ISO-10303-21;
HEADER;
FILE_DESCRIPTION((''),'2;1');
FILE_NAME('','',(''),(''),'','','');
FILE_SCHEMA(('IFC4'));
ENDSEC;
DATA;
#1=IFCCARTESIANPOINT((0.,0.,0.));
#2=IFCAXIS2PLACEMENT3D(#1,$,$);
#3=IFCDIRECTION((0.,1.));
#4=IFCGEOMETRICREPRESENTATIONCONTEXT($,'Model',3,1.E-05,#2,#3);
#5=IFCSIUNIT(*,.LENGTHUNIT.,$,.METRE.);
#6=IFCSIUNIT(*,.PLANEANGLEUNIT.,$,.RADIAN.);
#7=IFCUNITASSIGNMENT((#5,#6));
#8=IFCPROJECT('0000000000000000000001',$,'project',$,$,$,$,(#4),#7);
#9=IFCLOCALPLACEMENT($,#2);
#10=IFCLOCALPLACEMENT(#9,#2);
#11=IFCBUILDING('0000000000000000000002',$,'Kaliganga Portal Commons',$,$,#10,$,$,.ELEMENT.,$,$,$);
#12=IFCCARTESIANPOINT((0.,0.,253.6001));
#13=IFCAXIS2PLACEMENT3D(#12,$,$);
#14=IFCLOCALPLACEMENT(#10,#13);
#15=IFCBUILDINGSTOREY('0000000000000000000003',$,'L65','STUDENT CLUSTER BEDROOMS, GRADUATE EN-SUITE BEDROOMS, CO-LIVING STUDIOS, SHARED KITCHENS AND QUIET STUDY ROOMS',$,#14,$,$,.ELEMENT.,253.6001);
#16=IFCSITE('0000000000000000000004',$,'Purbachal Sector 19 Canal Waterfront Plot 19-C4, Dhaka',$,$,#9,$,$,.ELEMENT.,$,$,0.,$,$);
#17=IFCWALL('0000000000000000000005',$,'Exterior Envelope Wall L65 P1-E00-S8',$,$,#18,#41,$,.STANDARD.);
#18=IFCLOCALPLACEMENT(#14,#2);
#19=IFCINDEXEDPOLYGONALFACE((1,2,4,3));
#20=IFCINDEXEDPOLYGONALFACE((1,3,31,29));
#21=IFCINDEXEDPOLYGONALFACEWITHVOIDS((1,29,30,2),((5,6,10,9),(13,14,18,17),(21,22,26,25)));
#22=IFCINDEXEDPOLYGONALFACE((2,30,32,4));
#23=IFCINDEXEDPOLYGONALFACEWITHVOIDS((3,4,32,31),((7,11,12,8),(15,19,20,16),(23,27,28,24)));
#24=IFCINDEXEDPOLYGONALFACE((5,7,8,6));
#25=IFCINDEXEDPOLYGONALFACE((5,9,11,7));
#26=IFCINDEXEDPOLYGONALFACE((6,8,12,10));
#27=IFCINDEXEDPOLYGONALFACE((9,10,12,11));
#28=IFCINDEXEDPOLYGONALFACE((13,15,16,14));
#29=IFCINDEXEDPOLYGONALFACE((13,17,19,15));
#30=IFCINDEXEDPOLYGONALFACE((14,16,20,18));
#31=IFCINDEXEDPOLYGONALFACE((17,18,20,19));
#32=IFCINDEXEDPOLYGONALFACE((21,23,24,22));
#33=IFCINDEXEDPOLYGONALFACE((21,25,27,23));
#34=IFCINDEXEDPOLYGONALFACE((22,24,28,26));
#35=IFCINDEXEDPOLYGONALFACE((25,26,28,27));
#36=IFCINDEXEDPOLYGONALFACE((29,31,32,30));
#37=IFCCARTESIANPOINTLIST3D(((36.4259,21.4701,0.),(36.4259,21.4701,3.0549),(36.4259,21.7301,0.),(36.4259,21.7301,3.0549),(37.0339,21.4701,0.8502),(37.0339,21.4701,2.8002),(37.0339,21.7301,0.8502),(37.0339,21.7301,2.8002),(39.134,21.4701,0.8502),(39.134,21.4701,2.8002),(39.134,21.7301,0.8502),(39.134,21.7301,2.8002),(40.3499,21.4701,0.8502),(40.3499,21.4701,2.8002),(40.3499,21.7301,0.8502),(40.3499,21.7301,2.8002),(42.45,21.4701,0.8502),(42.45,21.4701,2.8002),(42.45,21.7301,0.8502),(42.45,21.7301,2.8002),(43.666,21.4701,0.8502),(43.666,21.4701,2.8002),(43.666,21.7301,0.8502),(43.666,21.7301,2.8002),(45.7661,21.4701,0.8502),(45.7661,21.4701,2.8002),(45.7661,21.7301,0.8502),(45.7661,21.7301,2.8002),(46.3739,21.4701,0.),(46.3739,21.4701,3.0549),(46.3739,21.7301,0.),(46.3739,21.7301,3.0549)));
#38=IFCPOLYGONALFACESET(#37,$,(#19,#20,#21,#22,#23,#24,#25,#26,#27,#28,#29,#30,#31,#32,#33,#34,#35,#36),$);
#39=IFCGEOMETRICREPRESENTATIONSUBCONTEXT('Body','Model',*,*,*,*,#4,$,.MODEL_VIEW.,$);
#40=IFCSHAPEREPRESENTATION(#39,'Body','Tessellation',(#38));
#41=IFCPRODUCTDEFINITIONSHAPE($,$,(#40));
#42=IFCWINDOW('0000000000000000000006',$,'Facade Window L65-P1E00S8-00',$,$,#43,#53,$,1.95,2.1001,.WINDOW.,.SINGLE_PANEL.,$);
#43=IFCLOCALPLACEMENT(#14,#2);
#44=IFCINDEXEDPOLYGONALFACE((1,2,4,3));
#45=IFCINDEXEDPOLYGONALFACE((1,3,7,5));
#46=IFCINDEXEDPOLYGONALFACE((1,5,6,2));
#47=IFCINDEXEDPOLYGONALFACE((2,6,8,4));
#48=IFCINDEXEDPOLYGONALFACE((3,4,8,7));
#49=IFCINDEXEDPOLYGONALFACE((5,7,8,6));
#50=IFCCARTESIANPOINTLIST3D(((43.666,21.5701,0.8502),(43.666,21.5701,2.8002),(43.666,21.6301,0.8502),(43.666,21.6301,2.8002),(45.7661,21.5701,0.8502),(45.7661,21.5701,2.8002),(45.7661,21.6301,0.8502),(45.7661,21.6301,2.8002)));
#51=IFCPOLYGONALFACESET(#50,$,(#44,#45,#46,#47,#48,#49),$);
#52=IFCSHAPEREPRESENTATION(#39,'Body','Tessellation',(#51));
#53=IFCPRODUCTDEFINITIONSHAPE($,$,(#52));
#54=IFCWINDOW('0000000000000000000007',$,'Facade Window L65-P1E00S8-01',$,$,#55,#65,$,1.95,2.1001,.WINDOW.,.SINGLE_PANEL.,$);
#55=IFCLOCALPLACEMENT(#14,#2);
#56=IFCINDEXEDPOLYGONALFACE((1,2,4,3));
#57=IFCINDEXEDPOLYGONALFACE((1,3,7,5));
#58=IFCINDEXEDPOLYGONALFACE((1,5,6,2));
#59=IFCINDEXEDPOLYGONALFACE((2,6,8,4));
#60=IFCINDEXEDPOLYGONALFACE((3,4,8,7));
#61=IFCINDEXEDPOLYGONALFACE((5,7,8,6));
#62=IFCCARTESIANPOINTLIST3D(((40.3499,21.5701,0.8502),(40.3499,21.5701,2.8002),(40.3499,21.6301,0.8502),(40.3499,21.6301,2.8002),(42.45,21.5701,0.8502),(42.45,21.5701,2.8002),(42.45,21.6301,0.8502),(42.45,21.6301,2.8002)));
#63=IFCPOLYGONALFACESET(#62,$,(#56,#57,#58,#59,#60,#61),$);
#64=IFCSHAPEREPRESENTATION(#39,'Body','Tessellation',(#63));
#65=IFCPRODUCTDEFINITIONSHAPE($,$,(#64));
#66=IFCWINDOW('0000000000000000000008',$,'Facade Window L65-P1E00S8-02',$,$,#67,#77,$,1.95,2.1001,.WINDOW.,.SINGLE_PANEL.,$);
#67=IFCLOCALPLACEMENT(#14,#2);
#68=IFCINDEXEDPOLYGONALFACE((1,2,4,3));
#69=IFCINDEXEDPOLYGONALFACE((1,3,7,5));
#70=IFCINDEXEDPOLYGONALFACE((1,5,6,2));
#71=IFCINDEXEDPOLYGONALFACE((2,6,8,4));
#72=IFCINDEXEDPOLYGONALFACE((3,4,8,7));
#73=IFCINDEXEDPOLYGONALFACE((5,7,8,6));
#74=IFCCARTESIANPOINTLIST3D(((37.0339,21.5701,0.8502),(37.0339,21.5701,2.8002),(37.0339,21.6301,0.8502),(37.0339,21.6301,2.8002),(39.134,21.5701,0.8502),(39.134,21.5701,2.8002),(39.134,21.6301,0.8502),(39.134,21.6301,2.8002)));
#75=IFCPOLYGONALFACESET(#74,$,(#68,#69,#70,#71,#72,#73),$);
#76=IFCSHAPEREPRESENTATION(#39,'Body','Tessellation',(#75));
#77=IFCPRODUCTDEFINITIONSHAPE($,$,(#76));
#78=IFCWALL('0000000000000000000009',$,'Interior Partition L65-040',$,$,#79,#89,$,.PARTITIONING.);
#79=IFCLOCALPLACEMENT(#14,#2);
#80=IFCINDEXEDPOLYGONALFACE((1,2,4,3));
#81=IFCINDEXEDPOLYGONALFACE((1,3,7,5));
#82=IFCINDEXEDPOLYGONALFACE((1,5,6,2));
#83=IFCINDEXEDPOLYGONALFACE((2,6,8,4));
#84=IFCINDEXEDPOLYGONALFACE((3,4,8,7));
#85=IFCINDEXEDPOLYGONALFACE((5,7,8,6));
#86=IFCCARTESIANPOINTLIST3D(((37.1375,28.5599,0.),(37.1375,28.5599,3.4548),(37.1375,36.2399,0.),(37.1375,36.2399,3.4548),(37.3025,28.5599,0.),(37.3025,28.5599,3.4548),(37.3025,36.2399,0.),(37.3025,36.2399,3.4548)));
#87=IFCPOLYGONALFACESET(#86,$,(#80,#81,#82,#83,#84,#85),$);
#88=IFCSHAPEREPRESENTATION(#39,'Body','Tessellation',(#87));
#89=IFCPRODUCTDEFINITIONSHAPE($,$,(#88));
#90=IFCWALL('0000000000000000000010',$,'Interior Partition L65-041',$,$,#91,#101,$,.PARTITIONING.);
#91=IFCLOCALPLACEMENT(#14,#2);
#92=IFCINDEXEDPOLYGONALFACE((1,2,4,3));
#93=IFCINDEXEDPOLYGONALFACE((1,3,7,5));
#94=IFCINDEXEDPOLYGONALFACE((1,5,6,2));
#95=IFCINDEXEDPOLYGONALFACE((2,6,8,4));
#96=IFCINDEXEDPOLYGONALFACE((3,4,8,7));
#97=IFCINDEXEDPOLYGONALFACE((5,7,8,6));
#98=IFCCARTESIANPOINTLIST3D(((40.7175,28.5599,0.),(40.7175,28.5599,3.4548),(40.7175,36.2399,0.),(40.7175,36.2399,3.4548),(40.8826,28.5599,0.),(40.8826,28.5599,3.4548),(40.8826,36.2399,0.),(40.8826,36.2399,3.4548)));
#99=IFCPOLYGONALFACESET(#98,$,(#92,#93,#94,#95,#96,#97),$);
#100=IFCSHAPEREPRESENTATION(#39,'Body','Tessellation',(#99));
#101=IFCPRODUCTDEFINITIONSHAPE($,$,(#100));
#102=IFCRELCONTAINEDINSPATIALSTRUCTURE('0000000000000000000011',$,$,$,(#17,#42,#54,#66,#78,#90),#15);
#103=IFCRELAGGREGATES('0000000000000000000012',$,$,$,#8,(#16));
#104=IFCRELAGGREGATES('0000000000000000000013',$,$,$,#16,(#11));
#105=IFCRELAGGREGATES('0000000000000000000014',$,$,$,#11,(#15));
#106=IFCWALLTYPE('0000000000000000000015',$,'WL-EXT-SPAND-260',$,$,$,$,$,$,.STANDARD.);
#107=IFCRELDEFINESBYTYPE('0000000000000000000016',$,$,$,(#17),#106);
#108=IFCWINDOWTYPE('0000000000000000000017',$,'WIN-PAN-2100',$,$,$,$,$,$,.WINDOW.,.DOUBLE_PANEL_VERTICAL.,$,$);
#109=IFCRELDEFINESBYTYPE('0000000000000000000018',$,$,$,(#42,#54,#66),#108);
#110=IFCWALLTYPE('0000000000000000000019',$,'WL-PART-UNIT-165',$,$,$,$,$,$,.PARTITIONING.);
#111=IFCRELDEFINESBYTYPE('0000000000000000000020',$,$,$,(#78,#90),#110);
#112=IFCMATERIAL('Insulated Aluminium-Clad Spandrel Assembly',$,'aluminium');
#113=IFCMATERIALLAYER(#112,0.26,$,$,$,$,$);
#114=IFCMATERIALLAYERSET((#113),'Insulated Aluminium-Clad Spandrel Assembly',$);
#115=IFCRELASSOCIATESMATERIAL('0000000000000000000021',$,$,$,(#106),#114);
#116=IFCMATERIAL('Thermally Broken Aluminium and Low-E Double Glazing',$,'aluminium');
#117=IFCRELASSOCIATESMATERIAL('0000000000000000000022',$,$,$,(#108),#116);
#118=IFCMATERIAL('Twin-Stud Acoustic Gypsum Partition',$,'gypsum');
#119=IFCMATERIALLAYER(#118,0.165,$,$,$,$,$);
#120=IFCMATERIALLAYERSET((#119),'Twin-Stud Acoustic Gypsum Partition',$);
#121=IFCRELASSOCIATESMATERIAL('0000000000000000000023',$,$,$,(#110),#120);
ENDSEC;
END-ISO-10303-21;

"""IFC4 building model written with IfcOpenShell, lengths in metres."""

from ifc_helpers import new_model, si_unit, direction, frame, frame_2d, origin, place, context, subcontext, project, spatial, rectangle, extrude, material, layer, layer_set, type_object, element, fill, save


model = new_model("IFC4")

# Units and contexts
model_context = context("Model", 3, precision=1e-05, world=origin(), true_north=direction((0.0, 1.0)))
body_context = subcontext(model_context, "Body", "Model", "MODEL_VIEW")
ifc_project = project(units=[si_unit("LENGTHUNIT", "METRE"), si_unit("PLANEANGLEUNIT", "RADIAN")], contexts=[model_context])

# Site, building, storey
site_placement = place(None, origin())
site = spatial("IfcSite", under=ifc_project, at=site_placement, Name="Purbachal Sector 19 Canal Waterfront Plot 19-C4, Dhaka", CompositionType="ELEMENT", RefElevation=0.0)
building_placement = place(site_placement, origin())
building = spatial("IfcBuilding", under=site, at=building_placement, Name="Kaliganga Portal Commons", CompositionType="ELEMENT")
storey_placement = place(building_placement, frame((0.0, 0.0, 253.6001)))
storey = spatial("IfcBuildingStorey", under=building, at=storey_placement, Name="L65", Description="STUDENT CLUSTER BEDROOMS, GRADUATE EN-SUITE BEDROOMS, CO-LIVING STUDIOS, SHARED KITCHENS AND QUIET STUDY ROOMS", CompositionType="ELEMENT", Elevation=253.6001)

# Wall, openings, windows
ifc_material_1 = material(Name="Insulated Aluminium-Clad Spandrel Assembly", Category="aluminium")
ifc_layer_1 = layer(ifc_material_1, 0.26)
ifc_layer_set_1 = layer_set([ifc_layer_1], Name="Insulated Aluminium-Clad Spandrel Assembly")
wall_type_1 = type_object("IfcWallType", Name="WL-EXT-SPAND-260", PredefinedType="STANDARD", material=ifc_layer_set_1)
wall_1_placement = place(storey_placement, frame((46.374, 21.6001, 0.0), z_axis=(0.0, 0.0, 1.0), x_axis=(-1.0, 0.0, 0.0)))
wall_1 = element("IfcWall", 1, at=wall_1_placement, inside=storey, type_object=wall_type_1, Name="Exterior Envelope Wall L65 P1-E00-S8", PredefinedType="STANDARD", context=body_context, shape_type="SweptSolid", body=[
    extrude(rectangle(XDim=9.948, YDim=0.26, at=frame_2d((4.9741, 0.0))), origin(), (0.0, 0.0, 1.0), 3.0549),
])
opening_1_placement = place(wall_1_placement, frame((0.6079, 0.0, 0.8501)))
opening_1 = element("IfcOpeningElement", 2, at=opening_1_placement, cuts=wall_1, PredefinedType="OPENING", context=body_context, shape_type="SweptSolid", body=[
    extrude(rectangle(XDim=2.1001, YDim=1.95, at=frame_2d((1.05, 0.9751))), frame((0.0, 0.1401, 0.0), z_axis=(0.0, -1.0, 0.0), x_axis=(1.0, 0.0, 0.0)), (0.0, 0.0, 1.0), 0.28),
])
opening_2_placement = place(wall_1_placement, frame((3.9241, 0.0, 0.8501)))
opening_2 = element("IfcOpeningElement", 3, at=opening_2_placement, cuts=wall_1, PredefinedType="OPENING", context=body_context, shape_type="SweptSolid", body=[
    extrude(rectangle(XDim=2.1001, YDim=1.95, at=frame_2d((1.05, 0.9751))), frame((0.0, 0.1401, 0.0), z_axis=(0.0, -1.0, 0.0), x_axis=(1.0, 0.0, 0.0)), (0.0, 0.0, 1.0), 0.28),
])
opening_3_placement = place(wall_1_placement, frame((7.24, 0.0, 0.8501)))
opening_3 = element("IfcOpeningElement", 4, at=opening_3_placement, cuts=wall_1, PredefinedType="OPENING", context=body_context, shape_type="SweptSolid", body=[
    extrude(rectangle(XDim=2.1001, YDim=1.95, at=frame_2d((1.05, 0.9751))), frame((0.0, 0.1401, 0.0), z_axis=(0.0, -1.0, 0.0), x_axis=(1.0, 0.0, 0.0)), (0.0, 0.0, 1.0), 0.28),
])
ifc_material_2 = material(Name="Thermally Broken Aluminium and Low-E Double Glazing", Category="aluminium")
window_type = type_object("IfcWindowType", Name="WIN-PAN-2100", PartitioningType="DOUBLE_PANEL_VERTICAL", PredefinedType="WINDOW", material=ifc_material_2)
window_1_placement = place(opening_1_placement, origin())
window_1 = element("IfcWindow", 5, at=window_1_placement, inside=storey, type_object=window_type, Name="Facade Window L65-P1E00S8-00", OverallHeight=1.95, OverallWidth=2.1001, PartitioningType="SINGLE_PANEL", PredefinedType="WINDOW", context=body_context, shape_type="SweptSolid", body=[
    extrude(rectangle(XDim=2.1001, YDim=1.95, at=frame_2d((1.05, 0.9751))), frame((0.0, 0.03, 0.0), z_axis=(0.0, -1.0, 0.0), x_axis=(1.0, 0.0, 0.0)), (0.0, 0.0, 1.0), 0.0601),
])
fill(opening_1, window_1)
window_2_placement = place(opening_2_placement, origin())
window_2 = element("IfcWindow", 6, at=window_2_placement, inside=storey, type_object=window_type, Name="Facade Window L65-P1E00S8-01", OverallHeight=1.95, OverallWidth=2.1001, PartitioningType="SINGLE_PANEL", PredefinedType="WINDOW", context=body_context, shape_type="SweptSolid", body=[
    extrude(rectangle(XDim=2.1001, YDim=1.95, at=frame_2d((1.05, 0.9751))), frame((0.0, 0.03, 0.0), z_axis=(0.0, -1.0, 0.0), x_axis=(1.0, 0.0, 0.0)), (0.0, 0.0, 1.0), 0.0601),
])
fill(opening_2, window_2)
window_3_placement = place(opening_3_placement, origin())
window_3 = element("IfcWindow", 7, at=window_3_placement, inside=storey, type_object=window_type, Name="Facade Window L65-P1E00S8-02", OverallHeight=1.95, OverallWidth=2.1001, PartitioningType="SINGLE_PANEL", PredefinedType="WINDOW", context=body_context, shape_type="SweptSolid", body=[
    extrude(rectangle(XDim=2.1001, YDim=1.95, at=frame_2d((1.05, 0.9751))), frame((0.0, 0.03, 0.0), z_axis=(0.0, -1.0, 0.0), x_axis=(1.0, 0.0, 0.0)), (0.0, 0.0, 1.0), 0.0601),
])
fill(opening_3, window_3)

# Walls
ifc_material_3 = material(Name="Twin-Stud Acoustic Gypsum Partition", Category="gypsum")
ifc_layer_2 = layer(ifc_material_3, 0.165)
ifc_layer_set_2 = layer_set([ifc_layer_2], Name="Twin-Stud Acoustic Gypsum Partition")
wall_type_2 = type_object("IfcWallType", Name="WL-PART-UNIT-165", PredefinedType="PARTITIONING", material=ifc_layer_set_2)
for number, where, z_axis, x_axis, name in (
    (8, (37.22, 28.5601, 0.0), (0.0, 0.0, 1.0), (0.0, 1.0, 0.0), "Interior Partition L65-040"),
    (9, (40.8, 28.5601, 0.0), (0.0, 0.0, 1.0), (0.0, 1.0, 0.0), "Interior Partition L65-041"),
):
    element("IfcWall", number, at=place(storey_placement, frame(where, z_axis=z_axis, x_axis=x_axis)), inside=storey, type_object=wall_type_2, Name=name, PredefinedType="PARTITIONING", context=body_context, shape_type="SweptSolid", body=[
        extrude(rectangle(XDim=7.6799, YDim=0.165, at=frame_2d((3.8398, 0.0))), origin(), (0.0, 0.0, 1.0), 3.4548),
    ])

save(model, "model.ifc")
